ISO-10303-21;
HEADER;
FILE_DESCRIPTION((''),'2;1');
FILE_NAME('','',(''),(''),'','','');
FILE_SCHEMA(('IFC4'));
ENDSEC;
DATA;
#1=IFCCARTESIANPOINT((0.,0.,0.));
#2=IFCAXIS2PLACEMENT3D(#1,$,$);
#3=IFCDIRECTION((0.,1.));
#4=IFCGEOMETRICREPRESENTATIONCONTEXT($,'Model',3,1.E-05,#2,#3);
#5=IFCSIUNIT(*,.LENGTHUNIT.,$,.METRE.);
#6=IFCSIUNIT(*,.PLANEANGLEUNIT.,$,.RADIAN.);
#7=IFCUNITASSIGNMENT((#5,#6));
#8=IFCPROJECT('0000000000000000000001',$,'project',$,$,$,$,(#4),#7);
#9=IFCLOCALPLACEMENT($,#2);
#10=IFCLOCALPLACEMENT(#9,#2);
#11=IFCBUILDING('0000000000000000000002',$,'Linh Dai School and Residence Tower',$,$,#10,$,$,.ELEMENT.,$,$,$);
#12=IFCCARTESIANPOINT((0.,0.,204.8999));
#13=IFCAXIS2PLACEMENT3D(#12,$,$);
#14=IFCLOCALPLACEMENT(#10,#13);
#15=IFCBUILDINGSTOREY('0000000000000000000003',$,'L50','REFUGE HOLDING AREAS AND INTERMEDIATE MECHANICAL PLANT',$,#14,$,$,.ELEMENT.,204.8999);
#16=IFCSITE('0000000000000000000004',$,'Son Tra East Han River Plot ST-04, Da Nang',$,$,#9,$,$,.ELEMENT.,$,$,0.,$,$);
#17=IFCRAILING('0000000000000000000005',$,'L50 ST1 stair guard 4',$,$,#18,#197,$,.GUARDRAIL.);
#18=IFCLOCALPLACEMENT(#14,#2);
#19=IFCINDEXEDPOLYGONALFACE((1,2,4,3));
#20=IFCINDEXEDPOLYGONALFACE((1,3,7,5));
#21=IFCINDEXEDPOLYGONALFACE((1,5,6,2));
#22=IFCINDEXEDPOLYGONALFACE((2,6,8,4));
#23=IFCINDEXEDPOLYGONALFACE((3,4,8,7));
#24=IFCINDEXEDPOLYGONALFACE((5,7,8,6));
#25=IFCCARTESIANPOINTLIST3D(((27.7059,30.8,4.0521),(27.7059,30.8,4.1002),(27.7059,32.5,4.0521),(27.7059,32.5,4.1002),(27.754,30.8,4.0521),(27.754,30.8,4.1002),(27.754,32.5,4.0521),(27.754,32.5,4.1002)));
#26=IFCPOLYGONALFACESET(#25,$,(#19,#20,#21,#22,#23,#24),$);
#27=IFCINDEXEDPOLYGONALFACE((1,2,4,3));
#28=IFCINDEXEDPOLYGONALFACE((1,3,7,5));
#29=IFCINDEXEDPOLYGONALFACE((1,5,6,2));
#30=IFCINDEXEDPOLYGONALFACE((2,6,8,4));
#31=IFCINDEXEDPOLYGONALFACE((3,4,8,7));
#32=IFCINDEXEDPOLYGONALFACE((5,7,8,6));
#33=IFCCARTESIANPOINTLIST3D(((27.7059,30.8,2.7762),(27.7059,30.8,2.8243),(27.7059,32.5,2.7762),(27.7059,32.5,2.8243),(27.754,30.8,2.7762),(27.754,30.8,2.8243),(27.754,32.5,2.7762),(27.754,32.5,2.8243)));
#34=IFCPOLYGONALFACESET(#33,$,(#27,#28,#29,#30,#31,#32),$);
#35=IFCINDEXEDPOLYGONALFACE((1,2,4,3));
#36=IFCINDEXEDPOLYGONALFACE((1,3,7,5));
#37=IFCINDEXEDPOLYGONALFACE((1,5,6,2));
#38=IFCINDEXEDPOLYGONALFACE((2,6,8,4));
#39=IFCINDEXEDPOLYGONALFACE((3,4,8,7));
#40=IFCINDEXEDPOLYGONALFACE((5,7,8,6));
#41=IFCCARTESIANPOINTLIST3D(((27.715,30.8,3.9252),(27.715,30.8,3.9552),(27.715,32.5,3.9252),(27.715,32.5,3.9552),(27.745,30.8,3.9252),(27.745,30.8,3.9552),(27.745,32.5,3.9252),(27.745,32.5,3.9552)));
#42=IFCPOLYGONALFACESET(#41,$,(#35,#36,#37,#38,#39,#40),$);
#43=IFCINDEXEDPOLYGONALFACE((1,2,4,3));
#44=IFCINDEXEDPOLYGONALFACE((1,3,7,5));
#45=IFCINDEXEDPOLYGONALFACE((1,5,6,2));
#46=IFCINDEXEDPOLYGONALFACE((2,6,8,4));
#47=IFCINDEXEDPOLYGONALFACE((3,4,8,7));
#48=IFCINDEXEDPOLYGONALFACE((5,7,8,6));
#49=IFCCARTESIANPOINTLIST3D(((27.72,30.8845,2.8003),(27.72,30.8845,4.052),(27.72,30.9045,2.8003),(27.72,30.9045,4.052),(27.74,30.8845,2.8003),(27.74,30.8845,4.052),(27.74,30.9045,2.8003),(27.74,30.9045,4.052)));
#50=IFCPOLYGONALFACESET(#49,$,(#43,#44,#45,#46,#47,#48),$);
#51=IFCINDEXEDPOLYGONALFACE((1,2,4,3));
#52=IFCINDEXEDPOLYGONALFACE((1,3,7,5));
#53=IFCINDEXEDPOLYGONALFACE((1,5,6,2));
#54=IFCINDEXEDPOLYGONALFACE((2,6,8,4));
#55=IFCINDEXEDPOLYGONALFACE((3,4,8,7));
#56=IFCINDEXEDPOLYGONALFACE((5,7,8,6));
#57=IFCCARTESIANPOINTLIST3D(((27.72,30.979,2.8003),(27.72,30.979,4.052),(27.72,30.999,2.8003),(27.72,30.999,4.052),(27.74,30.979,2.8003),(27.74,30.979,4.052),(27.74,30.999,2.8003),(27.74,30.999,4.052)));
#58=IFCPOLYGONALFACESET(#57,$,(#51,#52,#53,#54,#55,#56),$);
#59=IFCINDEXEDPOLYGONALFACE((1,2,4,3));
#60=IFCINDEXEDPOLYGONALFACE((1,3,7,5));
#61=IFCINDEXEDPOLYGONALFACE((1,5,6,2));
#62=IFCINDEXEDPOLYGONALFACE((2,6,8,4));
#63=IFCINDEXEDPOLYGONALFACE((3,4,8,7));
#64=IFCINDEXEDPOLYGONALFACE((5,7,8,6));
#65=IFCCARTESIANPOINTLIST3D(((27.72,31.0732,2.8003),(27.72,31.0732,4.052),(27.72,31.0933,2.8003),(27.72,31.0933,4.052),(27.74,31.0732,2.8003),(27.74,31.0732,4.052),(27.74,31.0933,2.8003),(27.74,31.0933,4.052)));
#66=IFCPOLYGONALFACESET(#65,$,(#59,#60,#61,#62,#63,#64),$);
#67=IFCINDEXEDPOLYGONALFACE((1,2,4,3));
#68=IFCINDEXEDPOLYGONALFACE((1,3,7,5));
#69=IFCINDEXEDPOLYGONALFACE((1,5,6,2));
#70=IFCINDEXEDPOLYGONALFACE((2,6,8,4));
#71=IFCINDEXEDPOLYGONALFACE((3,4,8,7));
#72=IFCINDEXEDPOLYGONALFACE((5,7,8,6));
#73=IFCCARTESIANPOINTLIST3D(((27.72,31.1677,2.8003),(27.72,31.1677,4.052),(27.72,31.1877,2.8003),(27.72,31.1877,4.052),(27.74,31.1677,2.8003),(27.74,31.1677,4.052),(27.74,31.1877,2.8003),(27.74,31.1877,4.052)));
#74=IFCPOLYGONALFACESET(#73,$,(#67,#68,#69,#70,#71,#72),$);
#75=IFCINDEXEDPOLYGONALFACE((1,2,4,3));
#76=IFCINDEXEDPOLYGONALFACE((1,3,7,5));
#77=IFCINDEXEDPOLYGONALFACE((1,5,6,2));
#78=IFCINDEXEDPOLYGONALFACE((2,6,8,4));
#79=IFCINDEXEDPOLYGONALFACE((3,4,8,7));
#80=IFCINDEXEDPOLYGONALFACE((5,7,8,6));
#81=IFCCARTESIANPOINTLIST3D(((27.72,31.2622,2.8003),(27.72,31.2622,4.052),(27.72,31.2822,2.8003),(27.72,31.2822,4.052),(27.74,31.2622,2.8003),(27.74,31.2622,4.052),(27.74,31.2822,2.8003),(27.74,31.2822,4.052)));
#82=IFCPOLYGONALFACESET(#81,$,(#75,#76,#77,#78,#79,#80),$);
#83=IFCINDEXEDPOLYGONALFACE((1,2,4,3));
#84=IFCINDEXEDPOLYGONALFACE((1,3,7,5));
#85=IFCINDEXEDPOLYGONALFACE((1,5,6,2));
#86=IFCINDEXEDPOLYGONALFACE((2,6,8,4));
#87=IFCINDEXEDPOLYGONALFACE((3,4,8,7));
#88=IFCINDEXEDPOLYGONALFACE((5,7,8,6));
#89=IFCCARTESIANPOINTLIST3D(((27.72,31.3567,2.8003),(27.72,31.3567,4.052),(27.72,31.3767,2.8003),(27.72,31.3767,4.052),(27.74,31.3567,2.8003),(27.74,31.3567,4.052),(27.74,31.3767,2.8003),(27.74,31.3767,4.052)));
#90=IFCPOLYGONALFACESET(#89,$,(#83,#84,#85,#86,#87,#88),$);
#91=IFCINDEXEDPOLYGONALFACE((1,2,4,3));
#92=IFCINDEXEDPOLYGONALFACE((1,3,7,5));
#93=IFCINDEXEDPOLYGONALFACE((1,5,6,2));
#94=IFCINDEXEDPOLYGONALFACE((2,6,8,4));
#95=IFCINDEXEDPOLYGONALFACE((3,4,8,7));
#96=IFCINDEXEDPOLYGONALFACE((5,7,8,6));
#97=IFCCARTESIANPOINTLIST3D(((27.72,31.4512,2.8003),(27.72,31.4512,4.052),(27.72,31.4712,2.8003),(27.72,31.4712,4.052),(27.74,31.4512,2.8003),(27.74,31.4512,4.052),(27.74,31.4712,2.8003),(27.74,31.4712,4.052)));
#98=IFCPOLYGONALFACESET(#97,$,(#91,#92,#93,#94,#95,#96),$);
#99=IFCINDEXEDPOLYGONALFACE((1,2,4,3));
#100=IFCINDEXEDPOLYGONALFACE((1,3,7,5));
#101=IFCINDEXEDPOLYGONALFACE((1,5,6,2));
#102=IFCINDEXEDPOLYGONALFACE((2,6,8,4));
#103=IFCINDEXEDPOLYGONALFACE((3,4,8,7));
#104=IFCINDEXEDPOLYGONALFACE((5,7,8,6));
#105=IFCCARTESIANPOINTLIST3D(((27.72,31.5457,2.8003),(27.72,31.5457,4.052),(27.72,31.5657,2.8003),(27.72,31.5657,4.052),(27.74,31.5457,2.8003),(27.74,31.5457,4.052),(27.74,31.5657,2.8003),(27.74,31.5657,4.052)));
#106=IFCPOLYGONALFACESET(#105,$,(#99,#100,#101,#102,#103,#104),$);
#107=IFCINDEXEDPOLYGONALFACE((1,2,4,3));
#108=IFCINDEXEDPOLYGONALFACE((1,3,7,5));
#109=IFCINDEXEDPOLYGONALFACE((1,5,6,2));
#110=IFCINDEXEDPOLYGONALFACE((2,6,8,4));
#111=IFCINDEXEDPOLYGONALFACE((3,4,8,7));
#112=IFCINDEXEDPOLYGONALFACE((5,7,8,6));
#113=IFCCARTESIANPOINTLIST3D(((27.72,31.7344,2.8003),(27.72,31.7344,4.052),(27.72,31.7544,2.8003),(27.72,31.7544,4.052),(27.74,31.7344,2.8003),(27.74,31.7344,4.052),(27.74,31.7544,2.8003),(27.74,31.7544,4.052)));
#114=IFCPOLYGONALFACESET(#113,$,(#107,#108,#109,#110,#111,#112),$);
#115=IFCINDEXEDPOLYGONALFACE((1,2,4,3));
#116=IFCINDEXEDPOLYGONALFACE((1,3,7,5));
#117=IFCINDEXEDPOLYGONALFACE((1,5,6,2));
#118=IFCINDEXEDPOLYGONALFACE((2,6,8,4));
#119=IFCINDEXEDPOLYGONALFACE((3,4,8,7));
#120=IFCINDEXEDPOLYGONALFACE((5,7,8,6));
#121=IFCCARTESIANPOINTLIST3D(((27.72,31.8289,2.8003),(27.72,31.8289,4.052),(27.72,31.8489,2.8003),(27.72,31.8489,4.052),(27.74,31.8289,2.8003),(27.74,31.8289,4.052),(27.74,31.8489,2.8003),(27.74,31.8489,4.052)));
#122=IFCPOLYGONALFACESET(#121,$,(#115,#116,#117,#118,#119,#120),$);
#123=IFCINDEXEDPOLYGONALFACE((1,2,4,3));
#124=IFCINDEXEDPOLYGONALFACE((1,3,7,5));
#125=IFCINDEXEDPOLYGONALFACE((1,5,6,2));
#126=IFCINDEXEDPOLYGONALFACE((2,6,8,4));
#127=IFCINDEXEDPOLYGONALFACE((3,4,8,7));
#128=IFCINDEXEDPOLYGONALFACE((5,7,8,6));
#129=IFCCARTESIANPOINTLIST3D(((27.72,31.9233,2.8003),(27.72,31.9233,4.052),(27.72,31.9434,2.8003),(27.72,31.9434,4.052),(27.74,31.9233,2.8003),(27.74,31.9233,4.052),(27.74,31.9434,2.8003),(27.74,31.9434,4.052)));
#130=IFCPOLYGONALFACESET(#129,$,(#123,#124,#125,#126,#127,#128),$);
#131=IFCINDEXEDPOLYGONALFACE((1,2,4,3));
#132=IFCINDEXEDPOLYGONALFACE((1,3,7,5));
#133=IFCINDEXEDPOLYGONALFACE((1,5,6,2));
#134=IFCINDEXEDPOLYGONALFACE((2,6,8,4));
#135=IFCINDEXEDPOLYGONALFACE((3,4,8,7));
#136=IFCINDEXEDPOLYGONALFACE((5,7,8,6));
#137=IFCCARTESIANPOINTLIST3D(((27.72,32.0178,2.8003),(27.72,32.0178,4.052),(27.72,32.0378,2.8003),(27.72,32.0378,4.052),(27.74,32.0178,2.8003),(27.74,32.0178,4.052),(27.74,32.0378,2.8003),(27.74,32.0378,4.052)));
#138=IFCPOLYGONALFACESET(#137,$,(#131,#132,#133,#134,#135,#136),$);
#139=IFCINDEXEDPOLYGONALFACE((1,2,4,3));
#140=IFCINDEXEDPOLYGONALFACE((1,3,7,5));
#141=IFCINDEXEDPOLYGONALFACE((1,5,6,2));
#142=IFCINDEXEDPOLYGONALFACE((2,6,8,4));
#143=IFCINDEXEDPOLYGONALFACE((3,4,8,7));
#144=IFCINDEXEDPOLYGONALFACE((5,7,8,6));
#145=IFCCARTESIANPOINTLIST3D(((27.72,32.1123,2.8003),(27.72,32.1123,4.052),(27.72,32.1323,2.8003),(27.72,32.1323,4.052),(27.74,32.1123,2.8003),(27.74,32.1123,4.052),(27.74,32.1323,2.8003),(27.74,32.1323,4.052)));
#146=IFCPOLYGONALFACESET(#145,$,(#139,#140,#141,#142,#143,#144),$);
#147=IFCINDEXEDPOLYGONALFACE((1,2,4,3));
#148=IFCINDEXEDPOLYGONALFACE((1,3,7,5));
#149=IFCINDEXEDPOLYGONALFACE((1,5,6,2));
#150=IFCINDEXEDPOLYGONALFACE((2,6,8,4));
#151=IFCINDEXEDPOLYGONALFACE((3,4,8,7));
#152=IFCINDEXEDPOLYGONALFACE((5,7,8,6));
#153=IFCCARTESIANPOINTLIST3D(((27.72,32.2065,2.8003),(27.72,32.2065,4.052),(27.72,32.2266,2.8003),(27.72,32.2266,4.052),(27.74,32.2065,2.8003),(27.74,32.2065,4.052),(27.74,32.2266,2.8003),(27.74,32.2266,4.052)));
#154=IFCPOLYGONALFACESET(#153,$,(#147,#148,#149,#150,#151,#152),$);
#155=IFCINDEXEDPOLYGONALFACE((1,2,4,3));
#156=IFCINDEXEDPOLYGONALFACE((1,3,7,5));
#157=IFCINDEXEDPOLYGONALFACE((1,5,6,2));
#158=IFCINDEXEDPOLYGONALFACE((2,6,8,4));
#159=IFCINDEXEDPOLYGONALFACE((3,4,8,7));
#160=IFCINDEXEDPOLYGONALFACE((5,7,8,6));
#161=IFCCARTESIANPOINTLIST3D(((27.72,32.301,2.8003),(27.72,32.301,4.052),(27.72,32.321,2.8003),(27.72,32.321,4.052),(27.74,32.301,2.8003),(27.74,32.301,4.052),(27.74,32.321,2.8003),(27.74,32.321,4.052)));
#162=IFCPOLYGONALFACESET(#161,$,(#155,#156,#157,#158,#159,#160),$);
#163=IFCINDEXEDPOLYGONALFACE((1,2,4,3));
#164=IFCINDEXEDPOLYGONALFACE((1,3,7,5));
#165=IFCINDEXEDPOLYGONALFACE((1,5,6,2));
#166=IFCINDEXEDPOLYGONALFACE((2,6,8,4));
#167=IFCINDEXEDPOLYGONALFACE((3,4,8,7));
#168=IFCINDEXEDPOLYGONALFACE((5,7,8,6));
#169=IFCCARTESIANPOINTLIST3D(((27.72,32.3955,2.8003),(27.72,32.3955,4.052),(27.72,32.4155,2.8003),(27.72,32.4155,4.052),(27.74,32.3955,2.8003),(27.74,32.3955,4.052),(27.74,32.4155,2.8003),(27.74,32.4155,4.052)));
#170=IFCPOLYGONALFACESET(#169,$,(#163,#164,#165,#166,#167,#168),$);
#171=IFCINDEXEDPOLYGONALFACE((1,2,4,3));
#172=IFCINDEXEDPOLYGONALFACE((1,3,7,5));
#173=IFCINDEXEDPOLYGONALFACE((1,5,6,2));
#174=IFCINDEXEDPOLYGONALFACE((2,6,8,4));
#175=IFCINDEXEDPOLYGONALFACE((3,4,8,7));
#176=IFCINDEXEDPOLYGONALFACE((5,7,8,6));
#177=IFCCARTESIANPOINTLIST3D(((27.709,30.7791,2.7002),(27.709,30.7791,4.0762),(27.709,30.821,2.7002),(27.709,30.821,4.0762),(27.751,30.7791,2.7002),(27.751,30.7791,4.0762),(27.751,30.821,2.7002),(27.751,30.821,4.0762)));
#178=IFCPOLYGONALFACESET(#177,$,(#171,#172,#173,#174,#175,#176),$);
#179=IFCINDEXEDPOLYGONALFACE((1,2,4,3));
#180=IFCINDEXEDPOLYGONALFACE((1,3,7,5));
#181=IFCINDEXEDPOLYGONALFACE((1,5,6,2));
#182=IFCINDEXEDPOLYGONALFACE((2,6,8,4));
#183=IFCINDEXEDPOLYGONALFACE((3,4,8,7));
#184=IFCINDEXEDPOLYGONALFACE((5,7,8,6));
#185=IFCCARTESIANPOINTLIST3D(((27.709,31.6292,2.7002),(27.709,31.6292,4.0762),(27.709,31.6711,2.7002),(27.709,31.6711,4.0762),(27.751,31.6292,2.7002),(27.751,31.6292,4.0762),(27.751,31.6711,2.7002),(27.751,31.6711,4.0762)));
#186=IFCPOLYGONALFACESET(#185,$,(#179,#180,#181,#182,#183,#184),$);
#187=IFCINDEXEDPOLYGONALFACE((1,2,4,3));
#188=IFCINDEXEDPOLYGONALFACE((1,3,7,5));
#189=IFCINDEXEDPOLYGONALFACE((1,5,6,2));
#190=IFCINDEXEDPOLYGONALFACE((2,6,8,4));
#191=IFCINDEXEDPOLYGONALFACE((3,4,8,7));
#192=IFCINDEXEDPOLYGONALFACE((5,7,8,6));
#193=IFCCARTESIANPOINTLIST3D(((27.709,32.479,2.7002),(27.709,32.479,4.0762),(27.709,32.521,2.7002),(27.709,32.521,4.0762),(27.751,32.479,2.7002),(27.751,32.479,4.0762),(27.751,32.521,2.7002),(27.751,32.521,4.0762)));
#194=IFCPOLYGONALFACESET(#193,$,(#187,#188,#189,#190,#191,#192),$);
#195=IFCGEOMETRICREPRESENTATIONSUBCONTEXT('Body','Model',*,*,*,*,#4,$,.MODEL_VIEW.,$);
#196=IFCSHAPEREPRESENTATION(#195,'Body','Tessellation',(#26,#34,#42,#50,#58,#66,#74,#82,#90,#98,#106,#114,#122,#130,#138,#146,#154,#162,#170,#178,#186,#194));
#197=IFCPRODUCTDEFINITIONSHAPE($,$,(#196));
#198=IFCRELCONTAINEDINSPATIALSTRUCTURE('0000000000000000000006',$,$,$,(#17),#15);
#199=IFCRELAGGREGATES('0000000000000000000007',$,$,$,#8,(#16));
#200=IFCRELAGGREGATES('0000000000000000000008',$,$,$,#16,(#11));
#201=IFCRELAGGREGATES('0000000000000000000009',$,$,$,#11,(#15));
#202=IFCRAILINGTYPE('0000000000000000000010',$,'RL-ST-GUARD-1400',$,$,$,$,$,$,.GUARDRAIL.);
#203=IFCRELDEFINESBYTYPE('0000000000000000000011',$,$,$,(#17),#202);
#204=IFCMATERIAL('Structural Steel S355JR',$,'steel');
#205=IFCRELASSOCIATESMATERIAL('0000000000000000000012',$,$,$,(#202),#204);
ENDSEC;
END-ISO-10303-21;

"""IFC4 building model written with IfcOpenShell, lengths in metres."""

from ifc_helpers import new_model, si_unit, direction, frame, origin, origin_2d, place, context, subcontext, project, spatial, rectangle, extrude, source, transform, mapped, material, type_object, element, save


model = new_model("IFC4")

# Units and contexts
model_context = context("Model", 3, precision=1e-05, world=origin(), true_north=direction((0.0, 1.0)))
body_context = subcontext(model_context, "Body", "Model", "MODEL_VIEW")
ifc_project = project(units=[si_unit("LENGTHUNIT", "METRE"), si_unit("PLANEANGLEUNIT", "RADIAN")], contexts=[model_context])

# Site, building, storey
site_placement = place(None, origin())
site = spatial("IfcSite", under=ifc_project, at=site_placement, Name="Son Tra East Han River Plot ST-04, Da Nang", CompositionType="ELEMENT", RefElevation=0.0)
building_placement = place(site_placement, origin())
building = spatial("IfcBuilding", under=site, at=building_placement, Name="Linh Dai School and Residence Tower", CompositionType="ELEMENT")
storey_placement = place(building_placement, frame((0.0, 0.0, 204.8999)))
storey = spatial("IfcBuildingStorey", under=building, at=storey_placement, Name="L50", Description="REFUGE HOLDING AREAS AND INTERMEDIATE MECHANICAL PLANT", CompositionType="ELEMENT", Elevation=204.8999)

# Shared definitions
ifc_material_1 = material(Name="Structural Steel S355JR", Category="steel")

# Railing
railing_type_1 = type_object("IfcRailingType", Name="RL-ST-GUARD-1400", PredefinedType="GUARDRAIL", material=ifc_material_1)
shared_shape_1 = source(origin(), body_context, "Body", "SweptSolid", [
    extrude(rectangle(XDim=0.0481, YDim=0.0481, at=origin_2d()), frame((0.0, 0.0, 1.376), z_axis=(0.0, 1.0, 0.0), x_axis=(-1.0, 0.0, 0.0)), (0.0, 0.0, 1.0), 1.7),
    extrude(rectangle(XDim=0.0481, YDim=0.0481, at=origin_2d()), frame((0.0, 0.0, 0.1001), z_axis=(0.0, 1.0, 0.0), x_axis=(-1.0, 0.0, 0.0)), (0.0, 0.0, 1.0), 1.7),
    extrude(rectangle(XDim=0.03, YDim=0.03, at=origin_2d()), frame((0.0, 0.0, 1.24), z_axis=(0.0, 1.0, 0.0), x_axis=(-1.0, 0.0, 0.0)), (0.0, 0.0, 1.0), 1.7),
    extrude(rectangle(XDim=0.02, YDim=0.02, at=origin_2d()), frame((0.0, 0.0945, 0.1001)), (0.0, 0.0, 1.0), 1.2517),
    extrude(rectangle(XDim=0.02, YDim=0.02, at=origin_2d()), frame((0.0, 0.189, 0.1001)), (0.0, 0.0, 1.0), 1.2517),
    extrude(rectangle(XDim=0.02, YDim=0.02, at=origin_2d()), frame((0.0, 0.2832, 0.1001)), (0.0, 0.0, 1.0), 1.2517),
    extrude(rectangle(XDim=0.02, YDim=0.02, at=origin_2d()), frame((0.0, 0.3777, 0.1001)), (0.0, 0.0, 1.0), 1.2517),
    extrude(rectangle(XDim=0.02, YDim=0.02, at=origin_2d()), frame((0.0, 0.4722, 0.1001)), (0.0, 0.0, 1.0), 1.2517),
    extrude(rectangle(XDim=0.02, YDim=0.02, at=origin_2d()), frame((0.0, 0.5667, 0.1001)), (0.0, 0.0, 1.0), 1.2517),
    extrude(rectangle(XDim=0.02, YDim=0.02, at=origin_2d()), frame((0.0, 0.6611, 0.1001)), (0.0, 0.0, 1.0), 1.2517),
    extrude(rectangle(XDim=0.02, YDim=0.02, at=origin_2d()), frame((0.0, 0.7556, 0.1001)), (0.0, 0.0, 1.0), 1.2517),
    extrude(rectangle(XDim=0.02, YDim=0.02, at=origin_2d()), frame((0.0, 0.9443, 0.1001)), (0.0, 0.0, 1.0), 1.2517),
    extrude(rectangle(XDim=0.02, YDim=0.02, at=origin_2d()), frame((0.0, 1.0388, 0.1001)), (0.0, 0.0, 1.0), 1.2517),
    extrude(rectangle(XDim=0.02, YDim=0.02, at=origin_2d()), frame((0.0, 1.1333, 0.1001)), (0.0, 0.0, 1.0), 1.2517),
    extrude(rectangle(XDim=0.02, YDim=0.02, at=origin_2d()), frame((0.0, 1.2278, 0.1001)), (0.0, 0.0, 1.0), 1.2517),
    extrude(rectangle(XDim=0.02, YDim=0.02, at=origin_2d()), frame((0.0, 1.3223, 0.1001)), (0.0, 0.0, 1.0), 1.2517),
    extrude(rectangle(XDim=0.02, YDim=0.02, at=origin_2d()), frame((0.0, 1.4165, 0.1001)), (0.0, 0.0, 1.0), 1.2517),
    extrude(rectangle(XDim=0.02, YDim=0.02, at=origin_2d()), frame((0.0, 1.511, 0.1001)), (0.0, 0.0, 1.0), 1.2517),
    extrude(rectangle(XDim=0.02, YDim=0.02, at=origin_2d()), frame((0.0, 1.6055, 0.1001)), (0.0, 0.0, 1.0), 1.2517),
    extrude(rectangle(XDim=0.042, YDim=0.042, at=origin_2d()), origin(), (0.0, 0.0, 1.0), 1.376),
    extrude(rectangle(XDim=0.042, YDim=0.042, at=origin_2d()), frame((0.0, 0.8501, 0.0)), (0.0, 0.0, 1.0), 1.376),
    extrude(rectangle(XDim=0.042, YDim=0.042, at=origin_2d()), frame((0.0, 1.7, 0.0)), (0.0, 0.0, 1.0), 1.376),
])
for number, where, name in (
    (1, (27.73, 30.8, 2.7002), "L50 ST1 stair guard 4"),
):
    element("IfcRailing", number, at=place(storey_placement, frame(where)), inside=storey, type_object=railing_type_1, Name=name, PredefinedType="GUARDRAIL", context=body_context, shape_type="MappedRepresentation", body=[
        mapped(shared_shape_1, transform((0.0, 0.0, 0.0), x_axis=(1.0, 0.0, 0.0), y_axis=(0.0, 1.0, 0.0), z_axis=(0.0, 0.0, 1.0), scale=1.0)),
    ])

save(model, "model.ifc")
